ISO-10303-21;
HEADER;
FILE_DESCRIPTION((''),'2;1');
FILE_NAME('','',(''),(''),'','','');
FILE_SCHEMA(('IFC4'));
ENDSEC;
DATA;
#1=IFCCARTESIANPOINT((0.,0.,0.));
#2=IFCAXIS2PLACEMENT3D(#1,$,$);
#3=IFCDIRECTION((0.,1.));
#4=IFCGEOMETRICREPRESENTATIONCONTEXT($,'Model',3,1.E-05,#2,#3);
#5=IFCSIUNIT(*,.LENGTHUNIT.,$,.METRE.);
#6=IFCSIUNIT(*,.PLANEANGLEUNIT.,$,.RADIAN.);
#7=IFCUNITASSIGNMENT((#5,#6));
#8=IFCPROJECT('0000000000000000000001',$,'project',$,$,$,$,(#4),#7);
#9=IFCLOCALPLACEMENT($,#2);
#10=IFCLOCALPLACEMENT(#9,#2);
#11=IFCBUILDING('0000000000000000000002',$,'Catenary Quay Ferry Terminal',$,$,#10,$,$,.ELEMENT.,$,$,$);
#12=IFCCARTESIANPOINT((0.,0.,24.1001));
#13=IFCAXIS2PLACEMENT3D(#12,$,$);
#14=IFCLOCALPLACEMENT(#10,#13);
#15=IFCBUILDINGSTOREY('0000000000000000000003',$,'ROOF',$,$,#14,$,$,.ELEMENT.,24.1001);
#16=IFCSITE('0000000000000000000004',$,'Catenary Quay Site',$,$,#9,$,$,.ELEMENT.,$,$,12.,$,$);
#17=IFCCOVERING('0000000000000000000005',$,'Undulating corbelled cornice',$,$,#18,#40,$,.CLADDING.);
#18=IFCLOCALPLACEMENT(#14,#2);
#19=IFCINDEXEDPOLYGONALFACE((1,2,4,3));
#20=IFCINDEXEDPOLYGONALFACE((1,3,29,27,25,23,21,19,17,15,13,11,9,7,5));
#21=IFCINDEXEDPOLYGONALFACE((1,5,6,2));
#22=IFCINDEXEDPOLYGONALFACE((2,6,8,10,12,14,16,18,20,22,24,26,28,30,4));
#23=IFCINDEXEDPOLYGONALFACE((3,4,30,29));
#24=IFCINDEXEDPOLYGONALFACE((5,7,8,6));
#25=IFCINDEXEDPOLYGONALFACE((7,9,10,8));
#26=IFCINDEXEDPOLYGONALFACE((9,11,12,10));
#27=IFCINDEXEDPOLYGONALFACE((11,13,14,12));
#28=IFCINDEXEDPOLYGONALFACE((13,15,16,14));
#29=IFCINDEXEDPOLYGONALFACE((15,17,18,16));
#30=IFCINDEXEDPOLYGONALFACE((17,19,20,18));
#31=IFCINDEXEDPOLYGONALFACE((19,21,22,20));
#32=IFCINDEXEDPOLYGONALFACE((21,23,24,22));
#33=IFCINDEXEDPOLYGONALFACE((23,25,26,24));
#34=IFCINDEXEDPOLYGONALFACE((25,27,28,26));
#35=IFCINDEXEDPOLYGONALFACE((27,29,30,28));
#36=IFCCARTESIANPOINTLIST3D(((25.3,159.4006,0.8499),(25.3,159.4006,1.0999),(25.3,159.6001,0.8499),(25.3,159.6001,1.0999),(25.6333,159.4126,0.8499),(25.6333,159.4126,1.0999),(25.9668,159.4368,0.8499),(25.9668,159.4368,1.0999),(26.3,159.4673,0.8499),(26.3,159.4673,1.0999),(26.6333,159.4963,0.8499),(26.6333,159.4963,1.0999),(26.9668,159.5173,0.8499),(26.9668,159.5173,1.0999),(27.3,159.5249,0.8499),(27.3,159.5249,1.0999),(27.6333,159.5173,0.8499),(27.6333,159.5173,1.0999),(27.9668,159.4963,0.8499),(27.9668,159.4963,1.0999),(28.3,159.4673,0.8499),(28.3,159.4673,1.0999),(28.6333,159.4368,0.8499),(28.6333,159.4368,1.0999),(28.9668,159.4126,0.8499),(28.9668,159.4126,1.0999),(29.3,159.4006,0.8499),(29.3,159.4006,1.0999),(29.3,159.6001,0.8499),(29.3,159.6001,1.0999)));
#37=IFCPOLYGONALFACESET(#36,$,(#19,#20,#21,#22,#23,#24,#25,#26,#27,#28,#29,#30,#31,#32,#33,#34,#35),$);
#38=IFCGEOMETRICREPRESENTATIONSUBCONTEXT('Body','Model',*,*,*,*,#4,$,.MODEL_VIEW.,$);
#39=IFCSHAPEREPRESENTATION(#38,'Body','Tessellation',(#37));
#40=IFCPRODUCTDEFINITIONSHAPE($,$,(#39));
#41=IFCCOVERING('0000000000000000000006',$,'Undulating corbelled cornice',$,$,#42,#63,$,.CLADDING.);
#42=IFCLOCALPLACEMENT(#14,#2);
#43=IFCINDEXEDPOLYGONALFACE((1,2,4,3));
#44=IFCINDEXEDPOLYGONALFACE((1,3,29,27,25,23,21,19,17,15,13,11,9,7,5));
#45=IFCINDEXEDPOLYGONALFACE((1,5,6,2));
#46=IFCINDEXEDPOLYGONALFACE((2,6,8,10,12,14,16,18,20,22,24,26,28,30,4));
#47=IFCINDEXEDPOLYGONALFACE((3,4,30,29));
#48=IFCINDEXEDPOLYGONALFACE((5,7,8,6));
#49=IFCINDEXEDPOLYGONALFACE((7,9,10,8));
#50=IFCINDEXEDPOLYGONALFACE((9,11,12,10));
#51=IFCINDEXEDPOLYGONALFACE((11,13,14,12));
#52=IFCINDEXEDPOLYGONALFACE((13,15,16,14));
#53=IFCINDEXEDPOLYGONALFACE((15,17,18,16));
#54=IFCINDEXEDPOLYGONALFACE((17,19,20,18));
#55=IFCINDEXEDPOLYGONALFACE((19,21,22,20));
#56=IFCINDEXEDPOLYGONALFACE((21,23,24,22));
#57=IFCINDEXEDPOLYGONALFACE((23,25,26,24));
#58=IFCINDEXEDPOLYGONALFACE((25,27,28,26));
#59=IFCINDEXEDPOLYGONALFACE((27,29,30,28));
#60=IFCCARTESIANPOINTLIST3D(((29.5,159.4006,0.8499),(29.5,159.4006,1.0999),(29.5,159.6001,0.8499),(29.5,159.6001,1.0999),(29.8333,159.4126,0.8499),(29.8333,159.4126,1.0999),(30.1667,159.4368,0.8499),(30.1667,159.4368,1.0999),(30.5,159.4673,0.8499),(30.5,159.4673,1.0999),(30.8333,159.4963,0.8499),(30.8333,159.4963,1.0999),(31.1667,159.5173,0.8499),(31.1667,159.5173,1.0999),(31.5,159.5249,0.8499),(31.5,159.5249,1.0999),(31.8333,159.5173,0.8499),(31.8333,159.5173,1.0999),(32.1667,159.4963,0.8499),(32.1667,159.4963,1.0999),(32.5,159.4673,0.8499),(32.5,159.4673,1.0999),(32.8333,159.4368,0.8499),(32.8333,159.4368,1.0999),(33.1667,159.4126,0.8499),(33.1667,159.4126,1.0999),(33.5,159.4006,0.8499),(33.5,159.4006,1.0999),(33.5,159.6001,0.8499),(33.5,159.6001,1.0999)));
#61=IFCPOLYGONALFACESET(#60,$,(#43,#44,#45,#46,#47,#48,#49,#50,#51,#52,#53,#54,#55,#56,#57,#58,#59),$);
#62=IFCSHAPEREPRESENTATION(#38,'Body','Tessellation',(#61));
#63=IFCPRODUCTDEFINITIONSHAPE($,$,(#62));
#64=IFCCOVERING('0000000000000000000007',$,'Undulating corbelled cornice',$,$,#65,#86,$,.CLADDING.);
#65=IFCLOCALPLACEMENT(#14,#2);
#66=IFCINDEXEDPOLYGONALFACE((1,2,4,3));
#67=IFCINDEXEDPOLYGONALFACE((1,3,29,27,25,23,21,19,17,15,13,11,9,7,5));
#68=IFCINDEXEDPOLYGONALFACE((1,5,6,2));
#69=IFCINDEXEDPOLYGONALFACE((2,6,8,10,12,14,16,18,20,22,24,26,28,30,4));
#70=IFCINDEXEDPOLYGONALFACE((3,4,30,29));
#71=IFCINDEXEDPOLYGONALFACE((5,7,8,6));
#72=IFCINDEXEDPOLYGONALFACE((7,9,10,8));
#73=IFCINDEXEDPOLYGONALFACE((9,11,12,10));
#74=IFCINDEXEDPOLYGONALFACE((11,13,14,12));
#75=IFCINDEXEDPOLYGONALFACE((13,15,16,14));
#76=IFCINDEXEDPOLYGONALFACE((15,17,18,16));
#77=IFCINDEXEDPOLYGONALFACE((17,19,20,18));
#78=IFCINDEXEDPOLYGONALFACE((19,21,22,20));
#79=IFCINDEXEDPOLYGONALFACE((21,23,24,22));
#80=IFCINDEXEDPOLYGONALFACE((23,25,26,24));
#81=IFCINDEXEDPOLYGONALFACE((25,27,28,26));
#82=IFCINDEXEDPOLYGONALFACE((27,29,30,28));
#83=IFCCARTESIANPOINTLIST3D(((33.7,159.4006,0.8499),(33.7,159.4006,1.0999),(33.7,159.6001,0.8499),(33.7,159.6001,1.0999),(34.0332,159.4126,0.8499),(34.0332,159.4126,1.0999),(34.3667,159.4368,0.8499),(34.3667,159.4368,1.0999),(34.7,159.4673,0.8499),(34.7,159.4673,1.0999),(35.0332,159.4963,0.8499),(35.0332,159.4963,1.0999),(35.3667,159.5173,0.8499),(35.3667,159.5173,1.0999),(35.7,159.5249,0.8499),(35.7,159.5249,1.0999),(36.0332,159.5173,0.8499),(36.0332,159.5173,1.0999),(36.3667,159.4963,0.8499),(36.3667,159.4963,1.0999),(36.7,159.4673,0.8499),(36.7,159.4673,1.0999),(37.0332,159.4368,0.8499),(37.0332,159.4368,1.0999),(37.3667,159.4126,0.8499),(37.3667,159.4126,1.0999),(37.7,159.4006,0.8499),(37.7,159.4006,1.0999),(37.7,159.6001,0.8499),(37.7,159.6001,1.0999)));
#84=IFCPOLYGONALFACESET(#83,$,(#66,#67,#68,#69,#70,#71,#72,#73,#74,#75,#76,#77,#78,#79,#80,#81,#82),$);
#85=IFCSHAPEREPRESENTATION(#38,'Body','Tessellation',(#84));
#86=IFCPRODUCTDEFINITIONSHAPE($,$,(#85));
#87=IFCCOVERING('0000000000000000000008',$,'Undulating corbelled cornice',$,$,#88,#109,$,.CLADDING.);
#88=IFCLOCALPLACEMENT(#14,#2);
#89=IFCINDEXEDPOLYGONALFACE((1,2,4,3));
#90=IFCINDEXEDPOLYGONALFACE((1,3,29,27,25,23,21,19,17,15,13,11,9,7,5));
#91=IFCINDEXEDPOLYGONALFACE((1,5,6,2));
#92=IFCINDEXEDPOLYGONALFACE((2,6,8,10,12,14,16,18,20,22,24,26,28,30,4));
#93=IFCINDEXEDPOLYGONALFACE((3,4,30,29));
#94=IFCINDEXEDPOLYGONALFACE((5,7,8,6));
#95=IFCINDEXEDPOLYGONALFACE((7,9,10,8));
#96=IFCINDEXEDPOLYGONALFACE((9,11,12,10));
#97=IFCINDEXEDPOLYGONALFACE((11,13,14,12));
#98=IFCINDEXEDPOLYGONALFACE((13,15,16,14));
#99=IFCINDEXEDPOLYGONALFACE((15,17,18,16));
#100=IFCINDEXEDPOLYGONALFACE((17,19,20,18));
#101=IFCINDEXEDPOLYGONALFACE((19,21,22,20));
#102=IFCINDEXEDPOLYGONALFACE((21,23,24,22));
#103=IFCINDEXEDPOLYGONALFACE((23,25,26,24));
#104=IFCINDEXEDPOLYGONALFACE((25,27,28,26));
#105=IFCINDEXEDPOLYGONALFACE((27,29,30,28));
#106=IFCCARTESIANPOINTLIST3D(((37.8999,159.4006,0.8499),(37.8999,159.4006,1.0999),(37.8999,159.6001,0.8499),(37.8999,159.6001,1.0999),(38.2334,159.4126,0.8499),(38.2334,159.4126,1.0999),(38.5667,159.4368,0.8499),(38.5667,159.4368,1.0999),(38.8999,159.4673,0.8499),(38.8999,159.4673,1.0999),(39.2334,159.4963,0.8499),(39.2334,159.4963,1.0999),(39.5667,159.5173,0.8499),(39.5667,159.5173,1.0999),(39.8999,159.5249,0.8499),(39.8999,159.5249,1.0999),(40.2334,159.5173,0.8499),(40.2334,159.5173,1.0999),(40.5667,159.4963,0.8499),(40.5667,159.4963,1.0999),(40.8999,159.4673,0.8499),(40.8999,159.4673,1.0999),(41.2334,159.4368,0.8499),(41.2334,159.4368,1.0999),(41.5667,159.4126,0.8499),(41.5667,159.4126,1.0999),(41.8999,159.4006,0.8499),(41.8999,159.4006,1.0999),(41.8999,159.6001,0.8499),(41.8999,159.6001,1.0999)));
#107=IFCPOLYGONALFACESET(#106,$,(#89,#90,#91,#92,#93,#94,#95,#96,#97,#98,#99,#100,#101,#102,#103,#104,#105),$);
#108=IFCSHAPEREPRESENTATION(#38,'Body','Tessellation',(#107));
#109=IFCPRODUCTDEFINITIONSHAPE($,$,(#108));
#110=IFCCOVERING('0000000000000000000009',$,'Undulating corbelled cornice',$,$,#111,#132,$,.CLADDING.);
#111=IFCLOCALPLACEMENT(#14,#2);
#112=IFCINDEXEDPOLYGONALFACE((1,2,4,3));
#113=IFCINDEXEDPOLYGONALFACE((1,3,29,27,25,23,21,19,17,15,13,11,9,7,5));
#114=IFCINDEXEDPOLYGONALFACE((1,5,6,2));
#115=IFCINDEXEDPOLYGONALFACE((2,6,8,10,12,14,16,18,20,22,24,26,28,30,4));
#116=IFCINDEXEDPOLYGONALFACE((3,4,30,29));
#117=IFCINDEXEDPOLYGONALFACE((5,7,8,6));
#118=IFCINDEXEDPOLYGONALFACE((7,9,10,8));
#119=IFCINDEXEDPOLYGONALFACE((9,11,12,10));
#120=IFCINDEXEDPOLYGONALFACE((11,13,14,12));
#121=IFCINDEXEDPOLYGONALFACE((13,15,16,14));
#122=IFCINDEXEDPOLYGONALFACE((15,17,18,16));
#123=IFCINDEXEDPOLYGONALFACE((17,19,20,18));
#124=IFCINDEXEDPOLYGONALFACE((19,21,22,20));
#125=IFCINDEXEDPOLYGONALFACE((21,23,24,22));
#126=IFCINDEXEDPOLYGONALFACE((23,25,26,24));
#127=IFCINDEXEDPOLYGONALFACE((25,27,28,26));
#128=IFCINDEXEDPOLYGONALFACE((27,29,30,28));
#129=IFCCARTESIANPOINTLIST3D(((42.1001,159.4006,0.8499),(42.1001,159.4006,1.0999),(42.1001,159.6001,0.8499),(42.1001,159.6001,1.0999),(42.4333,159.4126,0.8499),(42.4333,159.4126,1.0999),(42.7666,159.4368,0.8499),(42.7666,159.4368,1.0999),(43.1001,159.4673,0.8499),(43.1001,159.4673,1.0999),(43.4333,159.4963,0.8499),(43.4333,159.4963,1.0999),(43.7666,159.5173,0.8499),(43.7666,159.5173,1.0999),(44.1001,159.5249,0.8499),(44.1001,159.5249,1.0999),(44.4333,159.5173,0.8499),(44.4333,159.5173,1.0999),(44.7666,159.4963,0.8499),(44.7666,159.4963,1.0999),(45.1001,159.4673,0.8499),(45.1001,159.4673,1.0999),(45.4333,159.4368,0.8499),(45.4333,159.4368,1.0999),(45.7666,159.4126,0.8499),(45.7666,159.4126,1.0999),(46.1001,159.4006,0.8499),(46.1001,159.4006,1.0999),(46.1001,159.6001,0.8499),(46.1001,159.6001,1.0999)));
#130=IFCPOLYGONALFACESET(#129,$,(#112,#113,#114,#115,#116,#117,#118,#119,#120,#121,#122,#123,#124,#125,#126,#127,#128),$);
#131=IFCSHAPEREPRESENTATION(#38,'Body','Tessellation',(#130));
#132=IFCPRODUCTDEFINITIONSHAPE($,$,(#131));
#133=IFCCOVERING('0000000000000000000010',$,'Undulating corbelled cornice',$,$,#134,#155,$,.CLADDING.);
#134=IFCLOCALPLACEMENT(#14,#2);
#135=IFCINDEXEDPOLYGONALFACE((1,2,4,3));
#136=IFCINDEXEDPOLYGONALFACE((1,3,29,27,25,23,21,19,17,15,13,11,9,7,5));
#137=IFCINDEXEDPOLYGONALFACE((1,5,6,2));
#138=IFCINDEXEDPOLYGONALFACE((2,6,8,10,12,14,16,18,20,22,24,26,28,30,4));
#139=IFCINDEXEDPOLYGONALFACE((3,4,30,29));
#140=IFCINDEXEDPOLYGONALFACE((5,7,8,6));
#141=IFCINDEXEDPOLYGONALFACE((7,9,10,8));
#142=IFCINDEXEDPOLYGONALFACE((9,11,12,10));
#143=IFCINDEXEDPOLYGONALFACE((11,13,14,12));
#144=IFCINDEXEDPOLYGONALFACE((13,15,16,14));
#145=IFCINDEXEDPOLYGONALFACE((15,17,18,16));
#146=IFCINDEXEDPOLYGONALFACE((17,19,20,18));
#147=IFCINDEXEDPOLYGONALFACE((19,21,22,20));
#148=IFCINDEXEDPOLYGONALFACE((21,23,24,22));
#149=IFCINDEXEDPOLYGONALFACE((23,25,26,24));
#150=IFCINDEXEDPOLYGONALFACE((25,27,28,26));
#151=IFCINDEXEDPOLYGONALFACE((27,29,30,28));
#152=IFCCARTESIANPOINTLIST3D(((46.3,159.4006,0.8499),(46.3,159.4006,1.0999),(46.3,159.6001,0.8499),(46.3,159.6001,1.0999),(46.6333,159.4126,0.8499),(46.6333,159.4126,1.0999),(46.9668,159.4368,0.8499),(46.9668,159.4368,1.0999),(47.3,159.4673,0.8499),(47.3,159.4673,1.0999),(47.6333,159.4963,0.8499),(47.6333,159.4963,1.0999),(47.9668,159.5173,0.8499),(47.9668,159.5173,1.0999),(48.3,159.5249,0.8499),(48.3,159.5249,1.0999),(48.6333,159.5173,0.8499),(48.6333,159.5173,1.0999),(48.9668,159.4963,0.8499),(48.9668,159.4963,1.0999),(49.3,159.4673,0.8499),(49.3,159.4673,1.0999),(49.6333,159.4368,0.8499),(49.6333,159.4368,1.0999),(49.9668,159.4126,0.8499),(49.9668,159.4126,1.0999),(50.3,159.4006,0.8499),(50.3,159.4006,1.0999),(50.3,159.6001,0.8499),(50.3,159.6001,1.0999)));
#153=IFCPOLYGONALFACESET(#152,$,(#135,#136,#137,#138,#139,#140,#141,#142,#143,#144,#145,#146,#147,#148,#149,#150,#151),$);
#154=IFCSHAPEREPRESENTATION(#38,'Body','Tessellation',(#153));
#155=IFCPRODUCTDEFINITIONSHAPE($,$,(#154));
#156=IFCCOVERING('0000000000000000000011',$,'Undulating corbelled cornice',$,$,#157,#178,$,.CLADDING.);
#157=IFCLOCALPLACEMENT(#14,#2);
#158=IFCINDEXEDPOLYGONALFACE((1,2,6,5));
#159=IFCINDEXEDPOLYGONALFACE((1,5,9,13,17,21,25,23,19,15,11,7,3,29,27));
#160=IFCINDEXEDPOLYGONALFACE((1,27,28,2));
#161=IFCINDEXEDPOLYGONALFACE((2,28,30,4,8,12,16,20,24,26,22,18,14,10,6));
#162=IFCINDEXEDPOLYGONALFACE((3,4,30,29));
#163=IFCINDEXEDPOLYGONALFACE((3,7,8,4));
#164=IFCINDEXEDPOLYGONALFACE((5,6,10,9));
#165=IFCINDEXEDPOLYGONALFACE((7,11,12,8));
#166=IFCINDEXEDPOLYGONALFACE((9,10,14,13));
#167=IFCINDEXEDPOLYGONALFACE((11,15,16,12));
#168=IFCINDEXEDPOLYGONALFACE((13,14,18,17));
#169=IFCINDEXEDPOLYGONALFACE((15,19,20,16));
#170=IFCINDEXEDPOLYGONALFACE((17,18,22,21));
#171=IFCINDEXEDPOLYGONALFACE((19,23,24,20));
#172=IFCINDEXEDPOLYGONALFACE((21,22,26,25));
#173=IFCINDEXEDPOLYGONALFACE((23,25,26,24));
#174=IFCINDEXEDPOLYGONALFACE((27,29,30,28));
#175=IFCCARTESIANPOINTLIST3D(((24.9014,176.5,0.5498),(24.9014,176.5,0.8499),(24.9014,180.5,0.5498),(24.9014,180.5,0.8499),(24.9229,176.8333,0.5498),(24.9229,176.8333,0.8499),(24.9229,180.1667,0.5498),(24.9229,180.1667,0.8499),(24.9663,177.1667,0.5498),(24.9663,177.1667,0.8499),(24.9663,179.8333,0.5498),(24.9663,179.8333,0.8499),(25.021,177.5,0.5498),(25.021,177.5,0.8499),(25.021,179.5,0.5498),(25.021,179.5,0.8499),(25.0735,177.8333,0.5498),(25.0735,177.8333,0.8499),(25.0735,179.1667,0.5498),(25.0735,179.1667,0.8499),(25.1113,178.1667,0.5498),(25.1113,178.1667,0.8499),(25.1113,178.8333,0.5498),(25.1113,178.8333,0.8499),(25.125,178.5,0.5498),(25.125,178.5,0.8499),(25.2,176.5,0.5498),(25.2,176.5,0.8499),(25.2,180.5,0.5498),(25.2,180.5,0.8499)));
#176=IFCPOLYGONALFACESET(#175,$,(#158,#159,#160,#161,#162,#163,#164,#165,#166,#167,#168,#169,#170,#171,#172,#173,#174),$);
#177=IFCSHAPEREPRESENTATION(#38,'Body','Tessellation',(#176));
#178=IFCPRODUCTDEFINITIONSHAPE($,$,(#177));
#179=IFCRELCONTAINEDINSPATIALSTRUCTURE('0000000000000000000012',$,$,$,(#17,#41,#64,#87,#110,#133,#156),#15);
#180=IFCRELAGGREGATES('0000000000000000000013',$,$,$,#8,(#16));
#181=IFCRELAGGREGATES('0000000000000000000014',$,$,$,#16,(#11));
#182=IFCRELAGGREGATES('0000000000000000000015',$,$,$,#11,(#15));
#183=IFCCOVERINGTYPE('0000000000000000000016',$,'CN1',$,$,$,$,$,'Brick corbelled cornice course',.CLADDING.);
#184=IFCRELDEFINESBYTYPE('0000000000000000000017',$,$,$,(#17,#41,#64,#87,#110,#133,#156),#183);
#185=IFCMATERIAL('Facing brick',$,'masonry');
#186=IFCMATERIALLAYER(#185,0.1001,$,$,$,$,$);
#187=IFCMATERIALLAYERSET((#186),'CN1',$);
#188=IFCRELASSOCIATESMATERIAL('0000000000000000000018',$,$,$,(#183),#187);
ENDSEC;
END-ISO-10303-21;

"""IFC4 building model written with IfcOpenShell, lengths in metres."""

from ifc_helpers import new_model, si_unit, direction, frame, origin, place, context, subcontext, project, spatial, polyline, outline, extrude, material, layer, layer_set, type_object, element, save


model = new_model("IFC4")

# Units and contexts
model_context = context("Model", 3, precision=1e-05, world=origin(), true_north=direction((0.0, 1.0)))
body_context = subcontext(model_context, "Body", "Model", "MODEL_VIEW")
ifc_project = project(units=[si_unit("LENGTHUNIT", "METRE"), si_unit("PLANEANGLEUNIT", "RADIAN")], contexts=[model_context])

# Site, building, storey
site_placement = place(None, origin())
site = spatial("IfcSite", under=ifc_project, at=site_placement, Name="Catenary Quay Site", CompositionType="ELEMENT", RefElevation=12.0)
building_placement = place(site_placement, origin())
building = spatial("IfcBuilding", under=site, at=building_placement, Name="Catenary Quay Ferry Terminal", CompositionType="ELEMENT")
storey_placement = place(building_placement, frame((0.0, 0.0, 24.1001)))
storey = spatial("IfcBuildingStorey", under=building, at=storey_placement, Name="ROOF", CompositionType="ELEMENT", Elevation=24.1001)

# Coverings
ifc_material = material(Name="Facing brick", Category="masonry")
ifc_layer = layer(ifc_material, 0.1001)
ifc_layer_set = layer_set([ifc_layer], Name="CN1")
covering_type = type_object("IfcCoveringType", Name="CN1", ElementType="Brick corbelled cornice course", PredefinedType="CLADDING", material=ifc_layer_set)
covering_1_placement = place(storey_placement, frame((0.0, 0.0, 0.8499)))
element("IfcCovering", 1, at=covering_1_placement, inside=storey, type_object=covering_type, Name="Undulating corbelled cornice", PredefinedType="CLADDING", context=body_context, shape_type="SweptSolid", body=[
    extrude(outline(polyline([(25.3, 159.6001), (25.3, 159.4006), (25.6333, 159.4126), (25.9668, 159.4368), (26.3, 159.4673), (26.6333, 159.4963), (26.9668, 159.5173), (27.3, 159.5249), (27.6333, 159.5173), (27.9668, 159.4963), (28.3, 159.4673), (28.6333, 159.4368), (28.9668, 159.4126), (29.3, 159.4006), (29.3, 159.6001), (25.3, 159.6001)])), origin(), (0.0, 0.0, 1.0), 0.25),
])
covering_2_placement = place(storey_placement, frame((0.0, 0.0, 0.8499)))
element("IfcCovering", 2, at=covering_2_placement, inside=storey, type_object=covering_type, Name="Undulating corbelled cornice", PredefinedType="CLADDING", context=body_context, shape_type="SweptSolid", body=[
    extrude(outline(polyline([(29.5, 159.6001), (29.5, 159.4006), (29.8333, 159.4126), (30.1667, 159.4368), (30.5, 159.4673), (30.8333, 159.4963), (31.1667, 159.5173), (31.5, 159.5249), (31.8333, 159.5173), (32.1667, 159.4963), (32.5, 159.4673), (32.8333, 159.4368), (33.1667, 159.4126), (33.5, 159.4006), (33.5, 159.6001), (29.5, 159.6001)])), origin(), (0.0, 0.0, 1.0), 0.25),
])
covering_3_placement = place(storey_placement, frame((0.0, 0.0, 0.8499)))
element("IfcCovering", 3, at=covering_3_placement, inside=storey, type_object=covering_type, Name="Undulating corbelled cornice", PredefinedType="CLADDING", context=body_context, shape_type="SweptSolid", body=[
    extrude(outline(polyline([(33.7, 159.6001), (33.7, 159.4006), (34.0332, 159.4126), (34.3667, 159.4368), (34.7, 159.4673), (35.0332, 159.4963), (35.3667, 159.5173), (35.7, 159.5249), (36.0332, 159.5173), (36.3667, 159.4963), (36.7, 159.4673), (37.0332, 159.4368), (37.3667, 159.4126), (37.7, 159.4006), (37.7, 159.6001), (33.7, 159.6001)])), origin(), (0.0, 0.0, 1.0), 0.25),
])
covering_4_placement = place(storey_placement, frame((0.0, 0.0, 0.8499)))
element("IfcCovering", 4, at=covering_4_placement, inside=storey, type_object=covering_type, Name="Undulating corbelled cornice", PredefinedType="CLADDING", context=body_context, shape_type="SweptSolid", body=[
    extrude(outline(polyline([(37.8999, 159.6001), (37.8999, 159.4006), (38.2334, 159.4126), (38.5667, 159.4368), (38.8999, 159.4673), (39.2334, 159.4963), (39.5667, 159.5173), (39.8999, 159.5249), (40.2334, 159.5173), (40.5667, 159.4963), (40.8999, 159.4673), (41.2334, 159.4368), (41.5667, 159.4126), (41.8999, 159.4006), (41.8999, 159.6001), (37.8999, 159.6001)])), origin(), (0.0, 0.0, 1.0), 0.25),
])
covering_5_placement = place(storey_placement, frame((0.0, 0.0, 0.8499)))
element("IfcCovering", 5, at=covering_5_placement, inside=storey, type_object=covering_type, Name="Undulating corbelled cornice", PredefinedType="CLADDING", context=body_context, shape_type="SweptSolid", body=[
    extrude(outline(polyline([(42.1001, 159.6001), (42.1001, 159.4006), (42.4333, 159.4126), (42.7666, 159.4368), (43.1001, 159.4673), (43.4333, 159.4963), (43.7666, 159.5173), (44.1001, 159.5249), (44.4333, 159.5173), (44.7666, 159.4963), (45.1001, 159.4673), (45.4333, 159.4368), (45.7666, 159.4126), (46.1001, 159.4006), (46.1001, 159.6001), (42.1001, 159.6001)])), origin(), (0.0, 0.0, 1.0), 0.25),
])
covering_6_placement = place(storey_placement, frame((0.0, 0.0, 0.8499)))
element("IfcCovering", 6, at=covering_6_placement, inside=storey, type_object=covering_type, Name="Undulating corbelled cornice", PredefinedType="CLADDING", context=body_context, shape_type="SweptSolid", body=[
    extrude(outline(polyline([(46.3, 159.6001), (46.3, 159.4006), (46.6333, 159.4126), (46.9668, 159.4368), (47.3, 159.4673), (47.6333, 159.4963), (47.9668, 159.5173), (48.3, 159.5249), (48.6333, 159.5173), (48.9668, 159.4963), (49.3, 159.4673), (49.6333, 159.4368), (49.9668, 159.4126), (50.3, 159.4006), (50.3, 159.6001), (46.3, 159.6001)])), origin(), (0.0, 0.0, 1.0), 0.25),
])
covering_7_placement = place(storey_placement, frame((0.0, 0.0, 0.5498)))
element("IfcCovering", 7, at=covering_7_placement, inside=storey, type_object=covering_type, Name="Undulating corbelled cornice", PredefinedType="CLADDING", context=body_context, shape_type="SweptSolid", body=[
    extrude(outline(polyline([(25.2, 176.5), (24.9014, 176.5), (24.9229, 176.8333), (24.9663, 177.1667), (25.021, 177.5), (25.0735, 177.8333), (25.1113, 178.1667), (25.125, 178.5), (25.1113, 178.8333), (25.0735, 179.1667), (25.021, 179.5), (24.9663, 179.8333), (24.9229, 180.1667), (24.9014, 180.5), (25.2, 180.5), (25.2, 176.5)])), origin(), (0.0, 0.0, 1.0), 0.3),
])

save(model, "model.ifc")
